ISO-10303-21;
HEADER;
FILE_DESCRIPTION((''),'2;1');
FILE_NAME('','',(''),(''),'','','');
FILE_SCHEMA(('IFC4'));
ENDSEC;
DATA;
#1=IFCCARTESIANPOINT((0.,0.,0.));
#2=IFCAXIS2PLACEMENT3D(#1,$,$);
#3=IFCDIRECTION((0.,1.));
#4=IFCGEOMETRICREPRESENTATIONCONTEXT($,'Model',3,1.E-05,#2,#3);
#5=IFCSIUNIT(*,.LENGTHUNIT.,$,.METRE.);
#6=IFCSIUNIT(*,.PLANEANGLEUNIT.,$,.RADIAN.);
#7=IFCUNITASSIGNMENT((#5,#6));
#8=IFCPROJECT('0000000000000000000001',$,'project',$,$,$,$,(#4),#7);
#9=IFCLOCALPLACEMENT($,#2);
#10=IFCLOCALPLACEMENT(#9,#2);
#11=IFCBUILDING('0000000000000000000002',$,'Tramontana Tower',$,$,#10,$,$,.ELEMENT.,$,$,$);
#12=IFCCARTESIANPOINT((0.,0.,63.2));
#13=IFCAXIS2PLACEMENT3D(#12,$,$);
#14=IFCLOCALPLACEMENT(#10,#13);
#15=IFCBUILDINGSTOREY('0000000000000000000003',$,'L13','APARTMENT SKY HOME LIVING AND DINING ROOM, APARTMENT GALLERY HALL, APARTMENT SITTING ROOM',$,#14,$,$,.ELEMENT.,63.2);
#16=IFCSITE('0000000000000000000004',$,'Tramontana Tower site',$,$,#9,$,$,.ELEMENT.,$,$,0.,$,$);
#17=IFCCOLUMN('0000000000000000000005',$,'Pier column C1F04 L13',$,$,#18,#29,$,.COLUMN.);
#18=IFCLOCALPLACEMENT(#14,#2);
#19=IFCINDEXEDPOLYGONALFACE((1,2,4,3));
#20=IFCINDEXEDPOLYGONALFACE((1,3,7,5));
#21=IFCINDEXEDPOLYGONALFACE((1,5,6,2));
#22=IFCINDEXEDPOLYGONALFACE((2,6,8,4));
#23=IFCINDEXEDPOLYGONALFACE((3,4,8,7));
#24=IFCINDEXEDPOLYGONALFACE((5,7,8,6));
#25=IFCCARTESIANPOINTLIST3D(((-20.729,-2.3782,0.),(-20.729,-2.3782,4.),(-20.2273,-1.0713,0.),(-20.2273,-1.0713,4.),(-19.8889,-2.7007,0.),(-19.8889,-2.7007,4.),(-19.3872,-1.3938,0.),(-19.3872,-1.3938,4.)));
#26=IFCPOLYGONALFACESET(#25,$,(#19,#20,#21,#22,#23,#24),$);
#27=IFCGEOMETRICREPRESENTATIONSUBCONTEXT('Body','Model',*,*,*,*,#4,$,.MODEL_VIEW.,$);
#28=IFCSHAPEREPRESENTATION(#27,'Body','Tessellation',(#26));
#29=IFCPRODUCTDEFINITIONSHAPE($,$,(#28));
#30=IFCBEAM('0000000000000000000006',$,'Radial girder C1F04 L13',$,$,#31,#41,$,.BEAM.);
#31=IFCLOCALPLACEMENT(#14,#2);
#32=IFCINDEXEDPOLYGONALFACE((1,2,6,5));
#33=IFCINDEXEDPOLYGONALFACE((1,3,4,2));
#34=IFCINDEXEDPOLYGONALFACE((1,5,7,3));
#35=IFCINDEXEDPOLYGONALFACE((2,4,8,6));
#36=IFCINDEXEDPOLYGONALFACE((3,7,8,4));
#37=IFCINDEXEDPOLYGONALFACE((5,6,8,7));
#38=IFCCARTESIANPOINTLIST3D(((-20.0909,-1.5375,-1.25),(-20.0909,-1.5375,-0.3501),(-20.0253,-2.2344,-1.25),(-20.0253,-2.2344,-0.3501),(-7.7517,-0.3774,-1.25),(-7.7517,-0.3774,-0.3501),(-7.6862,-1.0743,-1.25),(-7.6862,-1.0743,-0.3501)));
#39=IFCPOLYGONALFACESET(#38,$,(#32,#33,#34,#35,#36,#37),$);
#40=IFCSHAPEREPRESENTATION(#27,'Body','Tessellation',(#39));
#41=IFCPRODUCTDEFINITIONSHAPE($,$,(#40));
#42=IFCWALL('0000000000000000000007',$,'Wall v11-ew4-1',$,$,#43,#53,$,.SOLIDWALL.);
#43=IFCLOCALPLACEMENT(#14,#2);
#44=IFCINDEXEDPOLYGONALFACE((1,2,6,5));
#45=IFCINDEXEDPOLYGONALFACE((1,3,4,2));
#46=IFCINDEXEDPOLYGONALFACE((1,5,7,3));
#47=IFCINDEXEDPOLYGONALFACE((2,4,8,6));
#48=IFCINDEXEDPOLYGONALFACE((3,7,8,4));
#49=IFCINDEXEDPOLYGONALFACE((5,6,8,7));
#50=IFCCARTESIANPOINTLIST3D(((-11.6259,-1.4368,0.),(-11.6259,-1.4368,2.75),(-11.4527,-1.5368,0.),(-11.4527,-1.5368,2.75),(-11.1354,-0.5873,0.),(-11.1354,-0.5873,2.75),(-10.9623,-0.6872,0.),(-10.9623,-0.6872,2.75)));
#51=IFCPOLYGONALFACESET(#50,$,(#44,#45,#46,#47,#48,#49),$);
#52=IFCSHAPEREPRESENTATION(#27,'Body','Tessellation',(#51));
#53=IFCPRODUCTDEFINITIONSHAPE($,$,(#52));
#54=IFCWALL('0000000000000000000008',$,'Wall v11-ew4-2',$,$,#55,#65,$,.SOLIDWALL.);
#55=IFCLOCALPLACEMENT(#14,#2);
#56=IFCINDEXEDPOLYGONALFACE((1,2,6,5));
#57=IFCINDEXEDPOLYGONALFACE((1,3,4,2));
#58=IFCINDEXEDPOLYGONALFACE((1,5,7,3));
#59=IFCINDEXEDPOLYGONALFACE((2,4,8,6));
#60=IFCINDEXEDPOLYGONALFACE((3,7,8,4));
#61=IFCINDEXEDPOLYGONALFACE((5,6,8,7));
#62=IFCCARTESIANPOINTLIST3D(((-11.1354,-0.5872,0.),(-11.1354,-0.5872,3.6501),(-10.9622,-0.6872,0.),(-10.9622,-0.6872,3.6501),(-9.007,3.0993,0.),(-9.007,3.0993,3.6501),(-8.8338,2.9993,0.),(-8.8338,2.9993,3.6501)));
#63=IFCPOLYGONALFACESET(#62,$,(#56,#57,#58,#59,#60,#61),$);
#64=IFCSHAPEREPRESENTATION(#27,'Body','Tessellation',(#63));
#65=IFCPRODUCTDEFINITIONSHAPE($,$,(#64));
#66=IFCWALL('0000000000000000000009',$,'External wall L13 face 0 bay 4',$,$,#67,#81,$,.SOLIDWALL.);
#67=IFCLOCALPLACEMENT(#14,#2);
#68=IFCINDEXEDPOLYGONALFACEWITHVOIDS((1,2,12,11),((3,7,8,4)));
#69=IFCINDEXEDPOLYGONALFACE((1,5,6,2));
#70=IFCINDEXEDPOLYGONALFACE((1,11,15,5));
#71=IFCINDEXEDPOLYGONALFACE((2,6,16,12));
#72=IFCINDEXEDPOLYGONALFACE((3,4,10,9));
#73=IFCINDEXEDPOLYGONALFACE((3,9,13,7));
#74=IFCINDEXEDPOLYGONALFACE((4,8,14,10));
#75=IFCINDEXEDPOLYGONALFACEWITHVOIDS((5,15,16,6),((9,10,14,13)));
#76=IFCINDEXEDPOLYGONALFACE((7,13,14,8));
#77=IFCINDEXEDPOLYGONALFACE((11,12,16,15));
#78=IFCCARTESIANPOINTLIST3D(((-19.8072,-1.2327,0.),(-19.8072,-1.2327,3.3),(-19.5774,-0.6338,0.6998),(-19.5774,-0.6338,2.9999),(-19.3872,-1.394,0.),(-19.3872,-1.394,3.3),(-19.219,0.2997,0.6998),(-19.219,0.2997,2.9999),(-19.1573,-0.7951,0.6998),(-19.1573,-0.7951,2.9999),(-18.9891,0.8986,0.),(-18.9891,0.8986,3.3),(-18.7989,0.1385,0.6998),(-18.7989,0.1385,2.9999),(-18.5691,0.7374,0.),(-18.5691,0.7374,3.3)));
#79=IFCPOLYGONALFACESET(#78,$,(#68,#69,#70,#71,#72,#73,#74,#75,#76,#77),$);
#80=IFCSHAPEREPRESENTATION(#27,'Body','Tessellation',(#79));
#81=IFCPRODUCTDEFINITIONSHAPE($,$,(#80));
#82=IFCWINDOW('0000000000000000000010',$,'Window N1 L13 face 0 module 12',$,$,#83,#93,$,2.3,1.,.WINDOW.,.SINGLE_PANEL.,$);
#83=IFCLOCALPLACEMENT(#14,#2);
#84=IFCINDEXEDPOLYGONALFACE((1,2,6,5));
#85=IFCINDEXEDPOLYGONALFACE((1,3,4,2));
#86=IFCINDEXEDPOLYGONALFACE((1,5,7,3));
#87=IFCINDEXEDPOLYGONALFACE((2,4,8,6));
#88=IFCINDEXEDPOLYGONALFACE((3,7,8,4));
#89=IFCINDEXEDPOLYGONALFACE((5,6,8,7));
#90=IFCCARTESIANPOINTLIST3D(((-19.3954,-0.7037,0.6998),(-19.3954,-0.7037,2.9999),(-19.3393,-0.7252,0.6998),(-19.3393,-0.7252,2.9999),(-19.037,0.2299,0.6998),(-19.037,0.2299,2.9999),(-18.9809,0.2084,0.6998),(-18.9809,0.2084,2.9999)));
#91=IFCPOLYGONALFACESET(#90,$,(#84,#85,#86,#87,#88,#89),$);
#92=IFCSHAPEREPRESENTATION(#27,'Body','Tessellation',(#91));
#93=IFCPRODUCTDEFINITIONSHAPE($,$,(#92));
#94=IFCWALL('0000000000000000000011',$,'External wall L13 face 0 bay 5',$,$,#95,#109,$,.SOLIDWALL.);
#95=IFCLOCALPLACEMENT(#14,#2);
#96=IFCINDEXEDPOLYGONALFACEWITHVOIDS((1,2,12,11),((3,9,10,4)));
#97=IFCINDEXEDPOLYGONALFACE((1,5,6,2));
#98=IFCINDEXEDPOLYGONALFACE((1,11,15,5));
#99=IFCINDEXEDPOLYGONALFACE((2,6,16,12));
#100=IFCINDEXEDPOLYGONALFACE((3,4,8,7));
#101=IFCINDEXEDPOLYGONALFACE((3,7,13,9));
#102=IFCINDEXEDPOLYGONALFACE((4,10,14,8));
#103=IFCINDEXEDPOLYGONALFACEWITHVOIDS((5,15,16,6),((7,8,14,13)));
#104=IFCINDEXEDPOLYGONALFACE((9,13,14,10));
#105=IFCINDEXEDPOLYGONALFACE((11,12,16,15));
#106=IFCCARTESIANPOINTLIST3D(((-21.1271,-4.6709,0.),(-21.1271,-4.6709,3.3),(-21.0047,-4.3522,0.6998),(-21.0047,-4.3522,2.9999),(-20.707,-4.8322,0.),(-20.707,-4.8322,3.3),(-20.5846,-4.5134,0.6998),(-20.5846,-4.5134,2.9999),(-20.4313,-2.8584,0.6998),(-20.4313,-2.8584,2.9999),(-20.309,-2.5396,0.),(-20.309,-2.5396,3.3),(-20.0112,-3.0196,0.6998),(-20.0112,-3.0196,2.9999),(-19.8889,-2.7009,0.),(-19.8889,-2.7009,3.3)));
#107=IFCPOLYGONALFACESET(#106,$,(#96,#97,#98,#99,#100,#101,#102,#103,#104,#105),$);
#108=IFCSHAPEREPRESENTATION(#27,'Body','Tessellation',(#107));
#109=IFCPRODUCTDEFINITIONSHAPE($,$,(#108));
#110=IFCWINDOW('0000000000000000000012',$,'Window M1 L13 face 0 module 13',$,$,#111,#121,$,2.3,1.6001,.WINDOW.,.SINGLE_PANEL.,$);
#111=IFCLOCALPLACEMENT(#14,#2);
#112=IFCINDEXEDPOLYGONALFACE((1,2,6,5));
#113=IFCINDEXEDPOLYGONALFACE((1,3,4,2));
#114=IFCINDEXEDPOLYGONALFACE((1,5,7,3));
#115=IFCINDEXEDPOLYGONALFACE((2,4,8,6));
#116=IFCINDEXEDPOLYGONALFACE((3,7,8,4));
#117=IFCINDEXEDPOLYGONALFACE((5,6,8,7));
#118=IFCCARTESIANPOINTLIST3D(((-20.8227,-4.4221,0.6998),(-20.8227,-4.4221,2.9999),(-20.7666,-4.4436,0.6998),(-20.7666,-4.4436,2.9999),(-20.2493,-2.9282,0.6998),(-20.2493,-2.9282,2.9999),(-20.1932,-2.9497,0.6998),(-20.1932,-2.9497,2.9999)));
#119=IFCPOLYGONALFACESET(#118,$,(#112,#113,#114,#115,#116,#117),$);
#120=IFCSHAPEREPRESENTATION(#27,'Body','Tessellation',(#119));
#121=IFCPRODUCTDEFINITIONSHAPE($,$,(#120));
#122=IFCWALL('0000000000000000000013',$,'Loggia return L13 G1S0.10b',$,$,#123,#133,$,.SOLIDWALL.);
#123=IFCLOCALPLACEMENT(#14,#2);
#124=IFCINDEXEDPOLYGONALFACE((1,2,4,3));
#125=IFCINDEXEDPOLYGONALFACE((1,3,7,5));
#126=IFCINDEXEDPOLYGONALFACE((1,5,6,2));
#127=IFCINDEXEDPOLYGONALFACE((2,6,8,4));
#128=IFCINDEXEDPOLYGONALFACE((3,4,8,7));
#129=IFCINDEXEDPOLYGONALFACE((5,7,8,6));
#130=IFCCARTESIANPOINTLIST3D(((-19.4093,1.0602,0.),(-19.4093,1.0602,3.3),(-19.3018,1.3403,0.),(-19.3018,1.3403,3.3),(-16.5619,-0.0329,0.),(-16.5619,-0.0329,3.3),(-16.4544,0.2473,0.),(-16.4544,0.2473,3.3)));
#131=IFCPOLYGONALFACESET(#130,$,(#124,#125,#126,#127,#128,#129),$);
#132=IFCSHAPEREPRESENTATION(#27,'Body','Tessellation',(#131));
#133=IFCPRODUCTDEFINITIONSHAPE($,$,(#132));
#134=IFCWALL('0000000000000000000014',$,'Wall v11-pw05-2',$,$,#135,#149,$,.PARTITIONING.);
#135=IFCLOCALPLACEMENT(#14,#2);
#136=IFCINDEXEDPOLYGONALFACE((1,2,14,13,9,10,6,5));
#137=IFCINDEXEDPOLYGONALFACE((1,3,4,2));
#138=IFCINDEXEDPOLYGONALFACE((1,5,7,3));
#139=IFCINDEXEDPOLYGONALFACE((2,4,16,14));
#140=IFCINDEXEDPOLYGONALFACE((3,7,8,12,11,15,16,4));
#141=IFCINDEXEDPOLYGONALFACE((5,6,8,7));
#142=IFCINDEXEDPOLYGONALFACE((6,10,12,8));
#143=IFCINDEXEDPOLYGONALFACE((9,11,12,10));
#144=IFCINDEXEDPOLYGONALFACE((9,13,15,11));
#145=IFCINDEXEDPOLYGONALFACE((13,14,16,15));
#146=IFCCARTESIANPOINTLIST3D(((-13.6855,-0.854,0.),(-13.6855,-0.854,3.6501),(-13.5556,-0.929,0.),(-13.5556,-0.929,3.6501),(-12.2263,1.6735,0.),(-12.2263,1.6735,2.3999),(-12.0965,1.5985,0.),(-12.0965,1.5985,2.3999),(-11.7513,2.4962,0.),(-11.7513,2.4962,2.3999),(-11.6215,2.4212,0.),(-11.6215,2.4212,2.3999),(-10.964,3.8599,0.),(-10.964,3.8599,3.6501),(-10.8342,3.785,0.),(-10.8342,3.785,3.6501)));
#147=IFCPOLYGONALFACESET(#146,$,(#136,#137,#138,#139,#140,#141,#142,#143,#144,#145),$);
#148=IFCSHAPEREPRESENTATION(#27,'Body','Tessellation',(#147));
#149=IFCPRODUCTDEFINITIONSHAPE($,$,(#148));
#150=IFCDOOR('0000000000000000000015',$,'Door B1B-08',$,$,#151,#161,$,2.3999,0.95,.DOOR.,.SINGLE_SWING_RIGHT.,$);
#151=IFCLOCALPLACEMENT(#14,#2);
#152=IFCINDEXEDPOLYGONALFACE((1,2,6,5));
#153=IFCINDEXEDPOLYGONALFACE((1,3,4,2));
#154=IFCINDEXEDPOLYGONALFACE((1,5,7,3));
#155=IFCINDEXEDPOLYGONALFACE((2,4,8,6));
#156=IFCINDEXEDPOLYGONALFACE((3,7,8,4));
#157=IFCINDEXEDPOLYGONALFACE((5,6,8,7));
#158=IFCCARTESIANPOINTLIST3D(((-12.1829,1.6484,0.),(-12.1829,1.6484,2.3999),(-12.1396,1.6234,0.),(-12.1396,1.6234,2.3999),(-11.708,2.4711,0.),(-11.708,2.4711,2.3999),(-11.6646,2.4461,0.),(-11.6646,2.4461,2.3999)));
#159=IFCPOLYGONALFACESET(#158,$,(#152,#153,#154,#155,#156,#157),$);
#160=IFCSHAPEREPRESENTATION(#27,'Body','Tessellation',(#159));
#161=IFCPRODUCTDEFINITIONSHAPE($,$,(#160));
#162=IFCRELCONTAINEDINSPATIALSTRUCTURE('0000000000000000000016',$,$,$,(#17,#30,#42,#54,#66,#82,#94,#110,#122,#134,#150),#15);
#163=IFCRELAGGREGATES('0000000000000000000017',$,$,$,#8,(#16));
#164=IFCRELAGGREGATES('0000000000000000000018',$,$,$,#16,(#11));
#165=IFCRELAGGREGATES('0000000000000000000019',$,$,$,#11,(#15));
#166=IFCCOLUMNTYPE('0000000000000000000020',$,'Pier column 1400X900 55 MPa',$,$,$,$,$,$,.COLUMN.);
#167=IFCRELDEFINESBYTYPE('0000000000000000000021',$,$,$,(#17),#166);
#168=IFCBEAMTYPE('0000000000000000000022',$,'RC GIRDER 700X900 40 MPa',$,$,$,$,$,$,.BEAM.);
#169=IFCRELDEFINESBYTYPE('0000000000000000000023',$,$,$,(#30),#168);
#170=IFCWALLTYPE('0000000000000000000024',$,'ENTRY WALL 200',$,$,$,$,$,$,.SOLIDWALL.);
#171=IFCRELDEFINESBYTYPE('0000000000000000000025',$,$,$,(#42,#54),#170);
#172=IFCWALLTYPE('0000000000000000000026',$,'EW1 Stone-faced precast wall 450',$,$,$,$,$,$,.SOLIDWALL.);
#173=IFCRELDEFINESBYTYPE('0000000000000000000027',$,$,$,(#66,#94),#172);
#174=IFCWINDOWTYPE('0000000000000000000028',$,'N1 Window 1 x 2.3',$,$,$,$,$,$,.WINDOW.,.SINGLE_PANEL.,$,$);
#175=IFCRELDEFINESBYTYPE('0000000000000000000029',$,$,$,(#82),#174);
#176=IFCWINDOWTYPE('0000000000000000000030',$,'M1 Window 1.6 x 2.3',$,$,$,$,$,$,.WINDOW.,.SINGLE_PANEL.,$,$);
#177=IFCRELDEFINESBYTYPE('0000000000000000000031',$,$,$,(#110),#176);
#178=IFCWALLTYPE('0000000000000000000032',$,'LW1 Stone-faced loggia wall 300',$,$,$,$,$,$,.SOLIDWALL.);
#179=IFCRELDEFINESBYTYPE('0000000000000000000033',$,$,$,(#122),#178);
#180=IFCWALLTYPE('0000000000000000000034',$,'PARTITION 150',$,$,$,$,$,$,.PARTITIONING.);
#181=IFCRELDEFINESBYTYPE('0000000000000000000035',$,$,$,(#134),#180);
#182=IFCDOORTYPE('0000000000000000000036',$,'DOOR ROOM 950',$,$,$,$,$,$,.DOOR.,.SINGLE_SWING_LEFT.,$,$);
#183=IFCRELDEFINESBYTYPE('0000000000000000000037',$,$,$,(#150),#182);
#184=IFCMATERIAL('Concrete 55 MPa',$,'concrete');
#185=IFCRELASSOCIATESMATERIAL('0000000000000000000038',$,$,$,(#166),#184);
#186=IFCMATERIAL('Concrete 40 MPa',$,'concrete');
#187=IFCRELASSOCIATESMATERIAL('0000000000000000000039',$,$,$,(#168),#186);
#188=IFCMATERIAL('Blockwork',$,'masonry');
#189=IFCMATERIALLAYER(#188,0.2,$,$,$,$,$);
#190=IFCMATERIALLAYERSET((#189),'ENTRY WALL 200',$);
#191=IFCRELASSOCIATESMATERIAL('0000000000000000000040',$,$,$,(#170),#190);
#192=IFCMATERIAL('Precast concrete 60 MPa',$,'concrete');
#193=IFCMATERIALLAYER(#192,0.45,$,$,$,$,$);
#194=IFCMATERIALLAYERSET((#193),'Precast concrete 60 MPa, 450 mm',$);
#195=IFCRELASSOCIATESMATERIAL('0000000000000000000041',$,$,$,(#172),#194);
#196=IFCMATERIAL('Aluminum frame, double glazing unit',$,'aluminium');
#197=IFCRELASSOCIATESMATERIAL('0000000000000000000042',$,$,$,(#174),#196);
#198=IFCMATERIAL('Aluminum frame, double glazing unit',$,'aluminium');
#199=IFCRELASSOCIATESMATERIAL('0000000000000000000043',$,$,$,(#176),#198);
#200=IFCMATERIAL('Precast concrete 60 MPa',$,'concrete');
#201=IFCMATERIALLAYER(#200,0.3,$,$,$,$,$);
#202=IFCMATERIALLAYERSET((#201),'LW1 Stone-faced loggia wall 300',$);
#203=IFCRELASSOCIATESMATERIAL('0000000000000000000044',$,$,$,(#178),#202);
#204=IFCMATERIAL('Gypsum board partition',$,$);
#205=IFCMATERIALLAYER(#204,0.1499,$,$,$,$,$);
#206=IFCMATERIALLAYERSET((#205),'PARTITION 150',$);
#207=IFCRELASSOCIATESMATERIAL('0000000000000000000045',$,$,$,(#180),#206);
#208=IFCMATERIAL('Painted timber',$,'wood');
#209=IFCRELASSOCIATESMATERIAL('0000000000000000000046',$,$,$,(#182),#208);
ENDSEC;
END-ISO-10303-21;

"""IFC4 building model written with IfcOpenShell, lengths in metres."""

from ifc_helpers import new_model, si_unit, direction, frame, frame_2d, origin, origin_2d, place, context, subcontext, project, spatial, rectangle, extrude, material, layer, layer_set, material_profile, profile_set, type_object, element, fill, save


model = new_model("IFC4")

# Units and contexts
model_context = context("Model", 3, precision=1e-05, world=origin(), true_north=direction((0.0, 1.0)))
body_context = subcontext(model_context, "Body", "Model", "MODEL_VIEW")
ifc_project = project(units=[si_unit("LENGTHUNIT", "METRE"), si_unit("PLANEANGLEUNIT", "RADIAN")], contexts=[model_context])

# Site, building, storey
site_placement = place(None, origin())
site = spatial("IfcSite", under=ifc_project, at=site_placement, Name="Tramontana Tower site", CompositionType="ELEMENT", RefElevation=0.0)
building_placement = place(site_placement, origin())
building = spatial("IfcBuilding", under=site, at=building_placement, Name="Tramontana Tower", CompositionType="ELEMENT")
storey_placement = place(building_placement, frame((0.0, 0.0, 63.2)))
storey = spatial("IfcBuildingStorey", under=building, at=storey_placement, Name="L13", Description="APARTMENT SKY HOME LIVING AND DINING ROOM, APARTMENT GALLERY HALL, APARTMENT SITTING ROOM", CompositionType="ELEMENT", Elevation=63.2)

# Column
ifc_material_1 = material(Name="Concrete 55 MPa", Category="concrete")
ifc_material_profile_1 = material_profile(ifc_material_1, rectangle(XDim=1.3999, YDim=0.8999, at=origin_2d()), Name="Pier column 1400X900 55 MPa")
ifc_profile_set_1 = profile_set([ifc_material_profile_1], Name="Concrete 55 MPa")
column_type = type_object("IfcColumnType", Name="Pier column 1400X900 55 MPa", PredefinedType="COLUMN", material=ifc_profile_set_1)
column_placement = place(storey_placement, frame((-20.0581, -1.886, 0.0), z_axis=(0.0, 0.0, 1.0), x_axis=(-0.358368, -0.93358, 0.0)))
element("IfcColumn", 1, at=column_placement, inside=storey, type_object=column_type, Name="Pier column C1F04 L13", PredefinedType="COLUMN", context=body_context, shape_type="SweptSolid", body=[
    extrude(rectangle(XDim=1.3999, YDim=0.8999, at=origin_2d()), origin(), (0.0, 0.0, 1.0), 4.0),
])

# Beam
ifc_material_2 = material(Name="Concrete 40 MPa", Category="concrete")
ifc_material_profile_2 = material_profile(ifc_material_2, rectangle(XDim=0.7, YDim=0.8999, at=origin_2d()), Name="RC GIRDER 700X900 40 MPa")
ifc_profile_set_2 = profile_set([ifc_material_profile_2], Name="Concrete 40 MPa")
beam_type = type_object("IfcBeamType", Name="RC GIRDER 700X900 40 MPa", PredefinedType="BEAM", material=ifc_profile_set_2)
beam_placement = place(storey_placement, frame((-20.0581, -1.886, -0.8), z_axis=(0.995609, 0.09361, 0.0), x_axis=(-0.09361, 0.995609, 0.0)))
element("IfcBeam", 2, at=beam_placement, inside=storey, type_object=beam_type, Name="Radial girder C1F04 L13", PredefinedType="BEAM", context=body_context, shape_type="SweptSolid", body=[
    extrude(rectangle(XDim=0.7, YDim=0.8999, at=origin_2d()), origin(), (0.0, 0.0, 1.0), 12.3936),
])

# Walls
ifc_material_3 = material(Name="Blockwork", Category="masonry")
ifc_layer_1 = layer(ifc_material_3, 0.2)
ifc_layer_set_1 = layer_set([ifc_layer_1], Name="ENTRY WALL 200")
wall_type_1 = type_object("IfcWallType", Name="ENTRY WALL 200", PredefinedType="SOLIDWALL", material=ifc_layer_set_1)
wall_1_placement = place(storey_placement, frame((-11.5393, -1.4868, 0.0), z_axis=(0.0, 0.0, 1.0), x_axis=(0.499967, 0.866045, 0.0)))
element("IfcWall", 3, at=wall_1_placement, inside=storey, type_object=wall_type_1, Name="Wall v11-ew4-1", PredefinedType="SOLIDWALL", context=body_context, shape_type="SweptSolid", body=[
    extrude(rectangle(XDim=0.981, YDim=0.2, at=frame_2d((0.4905, 0.0))), origin(), (0.0, 0.0, 1.0), 2.75),
])
wall_2_placement = place(storey_placement, frame((-11.0488, -0.6372, 0.0), z_axis=(0.0, 0.0, 1.0), x_axis=(0.5, 0.866025, 0.0)))
element("IfcWall", 4, at=wall_2_placement, inside=storey, type_object=wall_type_1, Name="Wall v11-ew4-2", PredefinedType="SOLIDWALL", context=body_context, shape_type="SweptSolid", body=[
    extrude(rectangle(XDim=4.2568, YDim=0.2, at=frame_2d((2.1284, 0.0))), origin(), (0.0, 0.0, 1.0), 3.6501),
])

# Walls, openings, windows
ifc_material_4 = material(Name="Precast concrete 60 MPa", Category="concrete")
ifc_layer_2 = layer(ifc_material_4, 0.45)
ifc_layer_set_2 = layer_set([ifc_layer_2], Name="Precast concrete 60 MPa, 450 mm")
wall_type_2 = type_object("IfcWallType", Name="EW1 Stone-faced precast wall 450", PredefinedType="SOLIDWALL", material=ifc_layer_set_2)
wall_3_placement = place(storey_placement, frame((-18.7791, 0.8181, 0.0), z_axis=(0.0, 0.0, 1.0), x_axis=(-0.358356, -0.933585, 0.0)))
wall_3 = element("IfcWall", 5, at=wall_3_placement, inside=storey, type_object=wall_type_2, Name="External wall L13 face 0 bay 4", PredefinedType="SOLIDWALL", context=body_context, shape_type="SweptSolid", body=[
    extrude(rectangle(XDim=2.283, YDim=0.45, at=frame_2d((1.1416, 0.0))), origin(), (0.0, 0.0, 1.0), 3.3),
])
opening_1_placement = place(wall_3_placement, frame((0.6416, 0.0, 0.7)))
opening_1 = element("IfcOpeningElement", 6, at=opening_1_placement, cuts=wall_3, PredefinedType="OPENING", context=body_context, shape_type="SweptSolid", body=[
    extrude(rectangle(XDim=1.0, YDim=2.3, at=frame_2d((0.5, 1.1499))), frame((0.0, 0.2349, 0.0), z_axis=(0.0, -1.0, 0.0), x_axis=(1.0, 0.0, 0.0)), (0.0, 0.0, 1.0), 0.47),
])
ifc_material_5 = material(Name="Aluminum frame, double glazing unit", Category="aluminium")
window_type_1 = type_object("IfcWindowType", Name="N1 Window 1 x 2.3", PartitioningType="SINGLE_PANEL", PredefinedType="WINDOW", material=ifc_material_5)
window_1_placement = place(opening_1_placement, origin())
window_1 = element("IfcWindow", 7, at=window_1_placement, inside=storey, type_object=window_type_1, Name="Window N1 L13 face 0 module 12", OverallHeight=2.3, OverallWidth=1.0, PartitioningType="SINGLE_PANEL", PredefinedType="WINDOW", context=body_context, shape_type="SweptSolid", body=[
    extrude(rectangle(XDim=1.0, YDim=2.3, at=frame_2d((0.5, 1.1499))), frame((0.0, 0.03, 0.0), z_axis=(0.0, -1.0, 0.0), x_axis=(1.0, 0.0, 0.0)), (0.0, 0.0, 1.0), 0.0601),
])
fill(opening_1, window_1)
wall_4_placement = place(storey_placement, frame((-20.0989, -2.6201, 0.0), z_axis=(0.0, 0.0, 1.0), x_axis=(-0.358356, -0.933585, 0.0)))
wall_4 = element("IfcWall", 8, at=wall_4_placement, inside=storey, type_object=wall_type_2, Name="External wall L13 face 0 bay 5", PredefinedType="SOLIDWALL", context=body_context, shape_type="SweptSolid", body=[
    extrude(rectangle(XDim=2.283, YDim=0.45, at=frame_2d((1.1416, 0.0))), origin(), (0.0, 0.0, 1.0), 3.3),
])
opening_2_placement = place(wall_4_placement, frame((0.3416, 0.0, 0.7)))
opening_2 = element("IfcOpeningElement", 9, at=opening_2_placement, cuts=wall_4, PredefinedType="OPENING", context=body_context, shape_type="SweptSolid", body=[
    extrude(rectangle(XDim=1.6001, YDim=2.3, at=frame_2d((0.8, 1.1499))), frame((0.0, 0.2349, 0.0), z_axis=(0.0, -1.0, 0.0), x_axis=(1.0, 0.0, 0.0)), (0.0, 0.0, 1.0), 0.47),
])
ifc_material_6 = material(Name="Aluminum frame, double glazing unit", Category="aluminium")
window_type_2 = type_object("IfcWindowType", Name="M1 Window 1.6 x 2.3", PartitioningType="SINGLE_PANEL", PredefinedType="WINDOW", material=ifc_material_6)
window_2_placement = place(opening_2_placement, origin())
window_2 = element("IfcWindow", 10, at=window_2_placement, inside=storey, type_object=window_type_2, Name="Window M1 L13 face 0 module 13", OverallHeight=2.3, OverallWidth=1.6001, PartitioningType="SINGLE_PANEL", PredefinedType="WINDOW", context=body_context, shape_type="SweptSolid", body=[
    extrude(rectangle(XDim=1.6001, YDim=2.3, at=frame_2d((0.8, 1.1499))), frame((0.0, 0.03, 0.0), z_axis=(0.0, -1.0, 0.0), x_axis=(1.0, 0.0, 0.0)), (0.0, 0.0, 1.0), 0.0601),
])
fill(opening_2, window_2)

# Wall
ifc_material_7 = material(Name="Precast concrete 60 MPa", Category="concrete")
ifc_layer_3 = layer(ifc_material_7, 0.3)
ifc_layer_set_3 = layer_set([ifc_layer_3], Name="LW1 Stone-faced loggia wall 300")
wall_type_3 = type_object("IfcWallType", Name="LW1 Stone-faced loggia wall 300", PredefinedType="SOLIDWALL", material=ifc_layer_set_3)
wall_5_placement = place(storey_placement, frame((-19.3555, 1.2002, 0.0), z_axis=(0.0, 0.0, 1.0), x_axis=(0.933581, -0.358368, 0.0)))
element("IfcWall", 11, at=wall_5_placement, inside=storey, type_object=wall_type_3, Name="Loggia return L13 G1S0.10b", PredefinedType="SOLIDWALL", context=body_context, shape_type="SweptSolid", body=[
    extrude(rectangle(XDim=3.05, YDim=0.3, at=frame_2d((1.5249, 0.0))), origin(), (0.0, 0.0, 1.0), 3.3),
])

# Wall, opening, door
ifc_material_8 = material(Name="Gypsum board partition")
ifc_layer_4 = layer(ifc_material_8, 0.1499)
ifc_layer_set_4 = layer_set([ifc_layer_4], Name="PARTITION 150")
wall_type_4 = type_object("IfcWallType", Name="PARTITION 150", PredefinedType="PARTITIONING", material=ifc_layer_set_4)
ifc_material_9 = material(Name="Painted timber", Category="wood")
door_type = type_object("IfcDoorType", Name="DOOR ROOM 950", OperationType="SINGLE_SWING_LEFT", PredefinedType="DOOR", material=ifc_material_9)
wall_6_placement = place(storey_placement, frame((-13.6206, -0.8916, 0.0), z_axis=(0.0, 0.0, 1.0), x_axis=(0.499984, 0.866035, 0.0)))
wall_6 = element("IfcWall", 12, at=wall_6_placement, inside=storey, type_object=wall_type_4, Name="Wall v11-pw05-2", PredefinedType="PARTITIONING", context=body_context, shape_type="SweptSolid", body=[
    extrude(rectangle(XDim=5.4431, YDim=0.1499, at=frame_2d((2.7217, 0.0))), origin(), (0.0, 0.0, 1.0), 3.6501),
])
opening_3_placement = place(wall_6_placement, frame((2.9185, 0.0, 0.0)))
opening_3 = element("IfcOpeningElement", 13, at=opening_3_placement, cuts=wall_6, PredefinedType="OPENING", context=body_context, shape_type="SweptSolid", body=[
    extrude(rectangle(XDim=0.95, YDim=2.3999, at=frame_2d((0.4751, 1.2))), frame((0.0, 0.085, 0.0), z_axis=(0.0, -1.0, 0.0), x_axis=(1.0, 0.0, 0.0)), (0.0, 0.0, 1.0), 0.1699),
])
door_1_placement = place(opening_3_placement, origin())
door_1 = element("IfcDoor", 14, at=door_1_placement, inside=storey, type_object=door_type, Name="Door B1B-08", OperationType="SINGLE_SWING_RIGHT", OverallHeight=2.3999, OverallWidth=0.95, PredefinedType="DOOR", context=body_context, shape_type="SweptSolid", body=[
    extrude(rectangle(XDim=0.95, YDim=2.3999, at=frame_2d((0.4751, 1.2))), frame((0.0, 0.0249, 0.0), z_axis=(0.0, -1.0, 0.0), x_axis=(1.0, 0.0, 0.0)), (0.0, 0.0, 1.0), 0.05),
])
fill(opening_3, door_1)

save(model, "model.ifc")
